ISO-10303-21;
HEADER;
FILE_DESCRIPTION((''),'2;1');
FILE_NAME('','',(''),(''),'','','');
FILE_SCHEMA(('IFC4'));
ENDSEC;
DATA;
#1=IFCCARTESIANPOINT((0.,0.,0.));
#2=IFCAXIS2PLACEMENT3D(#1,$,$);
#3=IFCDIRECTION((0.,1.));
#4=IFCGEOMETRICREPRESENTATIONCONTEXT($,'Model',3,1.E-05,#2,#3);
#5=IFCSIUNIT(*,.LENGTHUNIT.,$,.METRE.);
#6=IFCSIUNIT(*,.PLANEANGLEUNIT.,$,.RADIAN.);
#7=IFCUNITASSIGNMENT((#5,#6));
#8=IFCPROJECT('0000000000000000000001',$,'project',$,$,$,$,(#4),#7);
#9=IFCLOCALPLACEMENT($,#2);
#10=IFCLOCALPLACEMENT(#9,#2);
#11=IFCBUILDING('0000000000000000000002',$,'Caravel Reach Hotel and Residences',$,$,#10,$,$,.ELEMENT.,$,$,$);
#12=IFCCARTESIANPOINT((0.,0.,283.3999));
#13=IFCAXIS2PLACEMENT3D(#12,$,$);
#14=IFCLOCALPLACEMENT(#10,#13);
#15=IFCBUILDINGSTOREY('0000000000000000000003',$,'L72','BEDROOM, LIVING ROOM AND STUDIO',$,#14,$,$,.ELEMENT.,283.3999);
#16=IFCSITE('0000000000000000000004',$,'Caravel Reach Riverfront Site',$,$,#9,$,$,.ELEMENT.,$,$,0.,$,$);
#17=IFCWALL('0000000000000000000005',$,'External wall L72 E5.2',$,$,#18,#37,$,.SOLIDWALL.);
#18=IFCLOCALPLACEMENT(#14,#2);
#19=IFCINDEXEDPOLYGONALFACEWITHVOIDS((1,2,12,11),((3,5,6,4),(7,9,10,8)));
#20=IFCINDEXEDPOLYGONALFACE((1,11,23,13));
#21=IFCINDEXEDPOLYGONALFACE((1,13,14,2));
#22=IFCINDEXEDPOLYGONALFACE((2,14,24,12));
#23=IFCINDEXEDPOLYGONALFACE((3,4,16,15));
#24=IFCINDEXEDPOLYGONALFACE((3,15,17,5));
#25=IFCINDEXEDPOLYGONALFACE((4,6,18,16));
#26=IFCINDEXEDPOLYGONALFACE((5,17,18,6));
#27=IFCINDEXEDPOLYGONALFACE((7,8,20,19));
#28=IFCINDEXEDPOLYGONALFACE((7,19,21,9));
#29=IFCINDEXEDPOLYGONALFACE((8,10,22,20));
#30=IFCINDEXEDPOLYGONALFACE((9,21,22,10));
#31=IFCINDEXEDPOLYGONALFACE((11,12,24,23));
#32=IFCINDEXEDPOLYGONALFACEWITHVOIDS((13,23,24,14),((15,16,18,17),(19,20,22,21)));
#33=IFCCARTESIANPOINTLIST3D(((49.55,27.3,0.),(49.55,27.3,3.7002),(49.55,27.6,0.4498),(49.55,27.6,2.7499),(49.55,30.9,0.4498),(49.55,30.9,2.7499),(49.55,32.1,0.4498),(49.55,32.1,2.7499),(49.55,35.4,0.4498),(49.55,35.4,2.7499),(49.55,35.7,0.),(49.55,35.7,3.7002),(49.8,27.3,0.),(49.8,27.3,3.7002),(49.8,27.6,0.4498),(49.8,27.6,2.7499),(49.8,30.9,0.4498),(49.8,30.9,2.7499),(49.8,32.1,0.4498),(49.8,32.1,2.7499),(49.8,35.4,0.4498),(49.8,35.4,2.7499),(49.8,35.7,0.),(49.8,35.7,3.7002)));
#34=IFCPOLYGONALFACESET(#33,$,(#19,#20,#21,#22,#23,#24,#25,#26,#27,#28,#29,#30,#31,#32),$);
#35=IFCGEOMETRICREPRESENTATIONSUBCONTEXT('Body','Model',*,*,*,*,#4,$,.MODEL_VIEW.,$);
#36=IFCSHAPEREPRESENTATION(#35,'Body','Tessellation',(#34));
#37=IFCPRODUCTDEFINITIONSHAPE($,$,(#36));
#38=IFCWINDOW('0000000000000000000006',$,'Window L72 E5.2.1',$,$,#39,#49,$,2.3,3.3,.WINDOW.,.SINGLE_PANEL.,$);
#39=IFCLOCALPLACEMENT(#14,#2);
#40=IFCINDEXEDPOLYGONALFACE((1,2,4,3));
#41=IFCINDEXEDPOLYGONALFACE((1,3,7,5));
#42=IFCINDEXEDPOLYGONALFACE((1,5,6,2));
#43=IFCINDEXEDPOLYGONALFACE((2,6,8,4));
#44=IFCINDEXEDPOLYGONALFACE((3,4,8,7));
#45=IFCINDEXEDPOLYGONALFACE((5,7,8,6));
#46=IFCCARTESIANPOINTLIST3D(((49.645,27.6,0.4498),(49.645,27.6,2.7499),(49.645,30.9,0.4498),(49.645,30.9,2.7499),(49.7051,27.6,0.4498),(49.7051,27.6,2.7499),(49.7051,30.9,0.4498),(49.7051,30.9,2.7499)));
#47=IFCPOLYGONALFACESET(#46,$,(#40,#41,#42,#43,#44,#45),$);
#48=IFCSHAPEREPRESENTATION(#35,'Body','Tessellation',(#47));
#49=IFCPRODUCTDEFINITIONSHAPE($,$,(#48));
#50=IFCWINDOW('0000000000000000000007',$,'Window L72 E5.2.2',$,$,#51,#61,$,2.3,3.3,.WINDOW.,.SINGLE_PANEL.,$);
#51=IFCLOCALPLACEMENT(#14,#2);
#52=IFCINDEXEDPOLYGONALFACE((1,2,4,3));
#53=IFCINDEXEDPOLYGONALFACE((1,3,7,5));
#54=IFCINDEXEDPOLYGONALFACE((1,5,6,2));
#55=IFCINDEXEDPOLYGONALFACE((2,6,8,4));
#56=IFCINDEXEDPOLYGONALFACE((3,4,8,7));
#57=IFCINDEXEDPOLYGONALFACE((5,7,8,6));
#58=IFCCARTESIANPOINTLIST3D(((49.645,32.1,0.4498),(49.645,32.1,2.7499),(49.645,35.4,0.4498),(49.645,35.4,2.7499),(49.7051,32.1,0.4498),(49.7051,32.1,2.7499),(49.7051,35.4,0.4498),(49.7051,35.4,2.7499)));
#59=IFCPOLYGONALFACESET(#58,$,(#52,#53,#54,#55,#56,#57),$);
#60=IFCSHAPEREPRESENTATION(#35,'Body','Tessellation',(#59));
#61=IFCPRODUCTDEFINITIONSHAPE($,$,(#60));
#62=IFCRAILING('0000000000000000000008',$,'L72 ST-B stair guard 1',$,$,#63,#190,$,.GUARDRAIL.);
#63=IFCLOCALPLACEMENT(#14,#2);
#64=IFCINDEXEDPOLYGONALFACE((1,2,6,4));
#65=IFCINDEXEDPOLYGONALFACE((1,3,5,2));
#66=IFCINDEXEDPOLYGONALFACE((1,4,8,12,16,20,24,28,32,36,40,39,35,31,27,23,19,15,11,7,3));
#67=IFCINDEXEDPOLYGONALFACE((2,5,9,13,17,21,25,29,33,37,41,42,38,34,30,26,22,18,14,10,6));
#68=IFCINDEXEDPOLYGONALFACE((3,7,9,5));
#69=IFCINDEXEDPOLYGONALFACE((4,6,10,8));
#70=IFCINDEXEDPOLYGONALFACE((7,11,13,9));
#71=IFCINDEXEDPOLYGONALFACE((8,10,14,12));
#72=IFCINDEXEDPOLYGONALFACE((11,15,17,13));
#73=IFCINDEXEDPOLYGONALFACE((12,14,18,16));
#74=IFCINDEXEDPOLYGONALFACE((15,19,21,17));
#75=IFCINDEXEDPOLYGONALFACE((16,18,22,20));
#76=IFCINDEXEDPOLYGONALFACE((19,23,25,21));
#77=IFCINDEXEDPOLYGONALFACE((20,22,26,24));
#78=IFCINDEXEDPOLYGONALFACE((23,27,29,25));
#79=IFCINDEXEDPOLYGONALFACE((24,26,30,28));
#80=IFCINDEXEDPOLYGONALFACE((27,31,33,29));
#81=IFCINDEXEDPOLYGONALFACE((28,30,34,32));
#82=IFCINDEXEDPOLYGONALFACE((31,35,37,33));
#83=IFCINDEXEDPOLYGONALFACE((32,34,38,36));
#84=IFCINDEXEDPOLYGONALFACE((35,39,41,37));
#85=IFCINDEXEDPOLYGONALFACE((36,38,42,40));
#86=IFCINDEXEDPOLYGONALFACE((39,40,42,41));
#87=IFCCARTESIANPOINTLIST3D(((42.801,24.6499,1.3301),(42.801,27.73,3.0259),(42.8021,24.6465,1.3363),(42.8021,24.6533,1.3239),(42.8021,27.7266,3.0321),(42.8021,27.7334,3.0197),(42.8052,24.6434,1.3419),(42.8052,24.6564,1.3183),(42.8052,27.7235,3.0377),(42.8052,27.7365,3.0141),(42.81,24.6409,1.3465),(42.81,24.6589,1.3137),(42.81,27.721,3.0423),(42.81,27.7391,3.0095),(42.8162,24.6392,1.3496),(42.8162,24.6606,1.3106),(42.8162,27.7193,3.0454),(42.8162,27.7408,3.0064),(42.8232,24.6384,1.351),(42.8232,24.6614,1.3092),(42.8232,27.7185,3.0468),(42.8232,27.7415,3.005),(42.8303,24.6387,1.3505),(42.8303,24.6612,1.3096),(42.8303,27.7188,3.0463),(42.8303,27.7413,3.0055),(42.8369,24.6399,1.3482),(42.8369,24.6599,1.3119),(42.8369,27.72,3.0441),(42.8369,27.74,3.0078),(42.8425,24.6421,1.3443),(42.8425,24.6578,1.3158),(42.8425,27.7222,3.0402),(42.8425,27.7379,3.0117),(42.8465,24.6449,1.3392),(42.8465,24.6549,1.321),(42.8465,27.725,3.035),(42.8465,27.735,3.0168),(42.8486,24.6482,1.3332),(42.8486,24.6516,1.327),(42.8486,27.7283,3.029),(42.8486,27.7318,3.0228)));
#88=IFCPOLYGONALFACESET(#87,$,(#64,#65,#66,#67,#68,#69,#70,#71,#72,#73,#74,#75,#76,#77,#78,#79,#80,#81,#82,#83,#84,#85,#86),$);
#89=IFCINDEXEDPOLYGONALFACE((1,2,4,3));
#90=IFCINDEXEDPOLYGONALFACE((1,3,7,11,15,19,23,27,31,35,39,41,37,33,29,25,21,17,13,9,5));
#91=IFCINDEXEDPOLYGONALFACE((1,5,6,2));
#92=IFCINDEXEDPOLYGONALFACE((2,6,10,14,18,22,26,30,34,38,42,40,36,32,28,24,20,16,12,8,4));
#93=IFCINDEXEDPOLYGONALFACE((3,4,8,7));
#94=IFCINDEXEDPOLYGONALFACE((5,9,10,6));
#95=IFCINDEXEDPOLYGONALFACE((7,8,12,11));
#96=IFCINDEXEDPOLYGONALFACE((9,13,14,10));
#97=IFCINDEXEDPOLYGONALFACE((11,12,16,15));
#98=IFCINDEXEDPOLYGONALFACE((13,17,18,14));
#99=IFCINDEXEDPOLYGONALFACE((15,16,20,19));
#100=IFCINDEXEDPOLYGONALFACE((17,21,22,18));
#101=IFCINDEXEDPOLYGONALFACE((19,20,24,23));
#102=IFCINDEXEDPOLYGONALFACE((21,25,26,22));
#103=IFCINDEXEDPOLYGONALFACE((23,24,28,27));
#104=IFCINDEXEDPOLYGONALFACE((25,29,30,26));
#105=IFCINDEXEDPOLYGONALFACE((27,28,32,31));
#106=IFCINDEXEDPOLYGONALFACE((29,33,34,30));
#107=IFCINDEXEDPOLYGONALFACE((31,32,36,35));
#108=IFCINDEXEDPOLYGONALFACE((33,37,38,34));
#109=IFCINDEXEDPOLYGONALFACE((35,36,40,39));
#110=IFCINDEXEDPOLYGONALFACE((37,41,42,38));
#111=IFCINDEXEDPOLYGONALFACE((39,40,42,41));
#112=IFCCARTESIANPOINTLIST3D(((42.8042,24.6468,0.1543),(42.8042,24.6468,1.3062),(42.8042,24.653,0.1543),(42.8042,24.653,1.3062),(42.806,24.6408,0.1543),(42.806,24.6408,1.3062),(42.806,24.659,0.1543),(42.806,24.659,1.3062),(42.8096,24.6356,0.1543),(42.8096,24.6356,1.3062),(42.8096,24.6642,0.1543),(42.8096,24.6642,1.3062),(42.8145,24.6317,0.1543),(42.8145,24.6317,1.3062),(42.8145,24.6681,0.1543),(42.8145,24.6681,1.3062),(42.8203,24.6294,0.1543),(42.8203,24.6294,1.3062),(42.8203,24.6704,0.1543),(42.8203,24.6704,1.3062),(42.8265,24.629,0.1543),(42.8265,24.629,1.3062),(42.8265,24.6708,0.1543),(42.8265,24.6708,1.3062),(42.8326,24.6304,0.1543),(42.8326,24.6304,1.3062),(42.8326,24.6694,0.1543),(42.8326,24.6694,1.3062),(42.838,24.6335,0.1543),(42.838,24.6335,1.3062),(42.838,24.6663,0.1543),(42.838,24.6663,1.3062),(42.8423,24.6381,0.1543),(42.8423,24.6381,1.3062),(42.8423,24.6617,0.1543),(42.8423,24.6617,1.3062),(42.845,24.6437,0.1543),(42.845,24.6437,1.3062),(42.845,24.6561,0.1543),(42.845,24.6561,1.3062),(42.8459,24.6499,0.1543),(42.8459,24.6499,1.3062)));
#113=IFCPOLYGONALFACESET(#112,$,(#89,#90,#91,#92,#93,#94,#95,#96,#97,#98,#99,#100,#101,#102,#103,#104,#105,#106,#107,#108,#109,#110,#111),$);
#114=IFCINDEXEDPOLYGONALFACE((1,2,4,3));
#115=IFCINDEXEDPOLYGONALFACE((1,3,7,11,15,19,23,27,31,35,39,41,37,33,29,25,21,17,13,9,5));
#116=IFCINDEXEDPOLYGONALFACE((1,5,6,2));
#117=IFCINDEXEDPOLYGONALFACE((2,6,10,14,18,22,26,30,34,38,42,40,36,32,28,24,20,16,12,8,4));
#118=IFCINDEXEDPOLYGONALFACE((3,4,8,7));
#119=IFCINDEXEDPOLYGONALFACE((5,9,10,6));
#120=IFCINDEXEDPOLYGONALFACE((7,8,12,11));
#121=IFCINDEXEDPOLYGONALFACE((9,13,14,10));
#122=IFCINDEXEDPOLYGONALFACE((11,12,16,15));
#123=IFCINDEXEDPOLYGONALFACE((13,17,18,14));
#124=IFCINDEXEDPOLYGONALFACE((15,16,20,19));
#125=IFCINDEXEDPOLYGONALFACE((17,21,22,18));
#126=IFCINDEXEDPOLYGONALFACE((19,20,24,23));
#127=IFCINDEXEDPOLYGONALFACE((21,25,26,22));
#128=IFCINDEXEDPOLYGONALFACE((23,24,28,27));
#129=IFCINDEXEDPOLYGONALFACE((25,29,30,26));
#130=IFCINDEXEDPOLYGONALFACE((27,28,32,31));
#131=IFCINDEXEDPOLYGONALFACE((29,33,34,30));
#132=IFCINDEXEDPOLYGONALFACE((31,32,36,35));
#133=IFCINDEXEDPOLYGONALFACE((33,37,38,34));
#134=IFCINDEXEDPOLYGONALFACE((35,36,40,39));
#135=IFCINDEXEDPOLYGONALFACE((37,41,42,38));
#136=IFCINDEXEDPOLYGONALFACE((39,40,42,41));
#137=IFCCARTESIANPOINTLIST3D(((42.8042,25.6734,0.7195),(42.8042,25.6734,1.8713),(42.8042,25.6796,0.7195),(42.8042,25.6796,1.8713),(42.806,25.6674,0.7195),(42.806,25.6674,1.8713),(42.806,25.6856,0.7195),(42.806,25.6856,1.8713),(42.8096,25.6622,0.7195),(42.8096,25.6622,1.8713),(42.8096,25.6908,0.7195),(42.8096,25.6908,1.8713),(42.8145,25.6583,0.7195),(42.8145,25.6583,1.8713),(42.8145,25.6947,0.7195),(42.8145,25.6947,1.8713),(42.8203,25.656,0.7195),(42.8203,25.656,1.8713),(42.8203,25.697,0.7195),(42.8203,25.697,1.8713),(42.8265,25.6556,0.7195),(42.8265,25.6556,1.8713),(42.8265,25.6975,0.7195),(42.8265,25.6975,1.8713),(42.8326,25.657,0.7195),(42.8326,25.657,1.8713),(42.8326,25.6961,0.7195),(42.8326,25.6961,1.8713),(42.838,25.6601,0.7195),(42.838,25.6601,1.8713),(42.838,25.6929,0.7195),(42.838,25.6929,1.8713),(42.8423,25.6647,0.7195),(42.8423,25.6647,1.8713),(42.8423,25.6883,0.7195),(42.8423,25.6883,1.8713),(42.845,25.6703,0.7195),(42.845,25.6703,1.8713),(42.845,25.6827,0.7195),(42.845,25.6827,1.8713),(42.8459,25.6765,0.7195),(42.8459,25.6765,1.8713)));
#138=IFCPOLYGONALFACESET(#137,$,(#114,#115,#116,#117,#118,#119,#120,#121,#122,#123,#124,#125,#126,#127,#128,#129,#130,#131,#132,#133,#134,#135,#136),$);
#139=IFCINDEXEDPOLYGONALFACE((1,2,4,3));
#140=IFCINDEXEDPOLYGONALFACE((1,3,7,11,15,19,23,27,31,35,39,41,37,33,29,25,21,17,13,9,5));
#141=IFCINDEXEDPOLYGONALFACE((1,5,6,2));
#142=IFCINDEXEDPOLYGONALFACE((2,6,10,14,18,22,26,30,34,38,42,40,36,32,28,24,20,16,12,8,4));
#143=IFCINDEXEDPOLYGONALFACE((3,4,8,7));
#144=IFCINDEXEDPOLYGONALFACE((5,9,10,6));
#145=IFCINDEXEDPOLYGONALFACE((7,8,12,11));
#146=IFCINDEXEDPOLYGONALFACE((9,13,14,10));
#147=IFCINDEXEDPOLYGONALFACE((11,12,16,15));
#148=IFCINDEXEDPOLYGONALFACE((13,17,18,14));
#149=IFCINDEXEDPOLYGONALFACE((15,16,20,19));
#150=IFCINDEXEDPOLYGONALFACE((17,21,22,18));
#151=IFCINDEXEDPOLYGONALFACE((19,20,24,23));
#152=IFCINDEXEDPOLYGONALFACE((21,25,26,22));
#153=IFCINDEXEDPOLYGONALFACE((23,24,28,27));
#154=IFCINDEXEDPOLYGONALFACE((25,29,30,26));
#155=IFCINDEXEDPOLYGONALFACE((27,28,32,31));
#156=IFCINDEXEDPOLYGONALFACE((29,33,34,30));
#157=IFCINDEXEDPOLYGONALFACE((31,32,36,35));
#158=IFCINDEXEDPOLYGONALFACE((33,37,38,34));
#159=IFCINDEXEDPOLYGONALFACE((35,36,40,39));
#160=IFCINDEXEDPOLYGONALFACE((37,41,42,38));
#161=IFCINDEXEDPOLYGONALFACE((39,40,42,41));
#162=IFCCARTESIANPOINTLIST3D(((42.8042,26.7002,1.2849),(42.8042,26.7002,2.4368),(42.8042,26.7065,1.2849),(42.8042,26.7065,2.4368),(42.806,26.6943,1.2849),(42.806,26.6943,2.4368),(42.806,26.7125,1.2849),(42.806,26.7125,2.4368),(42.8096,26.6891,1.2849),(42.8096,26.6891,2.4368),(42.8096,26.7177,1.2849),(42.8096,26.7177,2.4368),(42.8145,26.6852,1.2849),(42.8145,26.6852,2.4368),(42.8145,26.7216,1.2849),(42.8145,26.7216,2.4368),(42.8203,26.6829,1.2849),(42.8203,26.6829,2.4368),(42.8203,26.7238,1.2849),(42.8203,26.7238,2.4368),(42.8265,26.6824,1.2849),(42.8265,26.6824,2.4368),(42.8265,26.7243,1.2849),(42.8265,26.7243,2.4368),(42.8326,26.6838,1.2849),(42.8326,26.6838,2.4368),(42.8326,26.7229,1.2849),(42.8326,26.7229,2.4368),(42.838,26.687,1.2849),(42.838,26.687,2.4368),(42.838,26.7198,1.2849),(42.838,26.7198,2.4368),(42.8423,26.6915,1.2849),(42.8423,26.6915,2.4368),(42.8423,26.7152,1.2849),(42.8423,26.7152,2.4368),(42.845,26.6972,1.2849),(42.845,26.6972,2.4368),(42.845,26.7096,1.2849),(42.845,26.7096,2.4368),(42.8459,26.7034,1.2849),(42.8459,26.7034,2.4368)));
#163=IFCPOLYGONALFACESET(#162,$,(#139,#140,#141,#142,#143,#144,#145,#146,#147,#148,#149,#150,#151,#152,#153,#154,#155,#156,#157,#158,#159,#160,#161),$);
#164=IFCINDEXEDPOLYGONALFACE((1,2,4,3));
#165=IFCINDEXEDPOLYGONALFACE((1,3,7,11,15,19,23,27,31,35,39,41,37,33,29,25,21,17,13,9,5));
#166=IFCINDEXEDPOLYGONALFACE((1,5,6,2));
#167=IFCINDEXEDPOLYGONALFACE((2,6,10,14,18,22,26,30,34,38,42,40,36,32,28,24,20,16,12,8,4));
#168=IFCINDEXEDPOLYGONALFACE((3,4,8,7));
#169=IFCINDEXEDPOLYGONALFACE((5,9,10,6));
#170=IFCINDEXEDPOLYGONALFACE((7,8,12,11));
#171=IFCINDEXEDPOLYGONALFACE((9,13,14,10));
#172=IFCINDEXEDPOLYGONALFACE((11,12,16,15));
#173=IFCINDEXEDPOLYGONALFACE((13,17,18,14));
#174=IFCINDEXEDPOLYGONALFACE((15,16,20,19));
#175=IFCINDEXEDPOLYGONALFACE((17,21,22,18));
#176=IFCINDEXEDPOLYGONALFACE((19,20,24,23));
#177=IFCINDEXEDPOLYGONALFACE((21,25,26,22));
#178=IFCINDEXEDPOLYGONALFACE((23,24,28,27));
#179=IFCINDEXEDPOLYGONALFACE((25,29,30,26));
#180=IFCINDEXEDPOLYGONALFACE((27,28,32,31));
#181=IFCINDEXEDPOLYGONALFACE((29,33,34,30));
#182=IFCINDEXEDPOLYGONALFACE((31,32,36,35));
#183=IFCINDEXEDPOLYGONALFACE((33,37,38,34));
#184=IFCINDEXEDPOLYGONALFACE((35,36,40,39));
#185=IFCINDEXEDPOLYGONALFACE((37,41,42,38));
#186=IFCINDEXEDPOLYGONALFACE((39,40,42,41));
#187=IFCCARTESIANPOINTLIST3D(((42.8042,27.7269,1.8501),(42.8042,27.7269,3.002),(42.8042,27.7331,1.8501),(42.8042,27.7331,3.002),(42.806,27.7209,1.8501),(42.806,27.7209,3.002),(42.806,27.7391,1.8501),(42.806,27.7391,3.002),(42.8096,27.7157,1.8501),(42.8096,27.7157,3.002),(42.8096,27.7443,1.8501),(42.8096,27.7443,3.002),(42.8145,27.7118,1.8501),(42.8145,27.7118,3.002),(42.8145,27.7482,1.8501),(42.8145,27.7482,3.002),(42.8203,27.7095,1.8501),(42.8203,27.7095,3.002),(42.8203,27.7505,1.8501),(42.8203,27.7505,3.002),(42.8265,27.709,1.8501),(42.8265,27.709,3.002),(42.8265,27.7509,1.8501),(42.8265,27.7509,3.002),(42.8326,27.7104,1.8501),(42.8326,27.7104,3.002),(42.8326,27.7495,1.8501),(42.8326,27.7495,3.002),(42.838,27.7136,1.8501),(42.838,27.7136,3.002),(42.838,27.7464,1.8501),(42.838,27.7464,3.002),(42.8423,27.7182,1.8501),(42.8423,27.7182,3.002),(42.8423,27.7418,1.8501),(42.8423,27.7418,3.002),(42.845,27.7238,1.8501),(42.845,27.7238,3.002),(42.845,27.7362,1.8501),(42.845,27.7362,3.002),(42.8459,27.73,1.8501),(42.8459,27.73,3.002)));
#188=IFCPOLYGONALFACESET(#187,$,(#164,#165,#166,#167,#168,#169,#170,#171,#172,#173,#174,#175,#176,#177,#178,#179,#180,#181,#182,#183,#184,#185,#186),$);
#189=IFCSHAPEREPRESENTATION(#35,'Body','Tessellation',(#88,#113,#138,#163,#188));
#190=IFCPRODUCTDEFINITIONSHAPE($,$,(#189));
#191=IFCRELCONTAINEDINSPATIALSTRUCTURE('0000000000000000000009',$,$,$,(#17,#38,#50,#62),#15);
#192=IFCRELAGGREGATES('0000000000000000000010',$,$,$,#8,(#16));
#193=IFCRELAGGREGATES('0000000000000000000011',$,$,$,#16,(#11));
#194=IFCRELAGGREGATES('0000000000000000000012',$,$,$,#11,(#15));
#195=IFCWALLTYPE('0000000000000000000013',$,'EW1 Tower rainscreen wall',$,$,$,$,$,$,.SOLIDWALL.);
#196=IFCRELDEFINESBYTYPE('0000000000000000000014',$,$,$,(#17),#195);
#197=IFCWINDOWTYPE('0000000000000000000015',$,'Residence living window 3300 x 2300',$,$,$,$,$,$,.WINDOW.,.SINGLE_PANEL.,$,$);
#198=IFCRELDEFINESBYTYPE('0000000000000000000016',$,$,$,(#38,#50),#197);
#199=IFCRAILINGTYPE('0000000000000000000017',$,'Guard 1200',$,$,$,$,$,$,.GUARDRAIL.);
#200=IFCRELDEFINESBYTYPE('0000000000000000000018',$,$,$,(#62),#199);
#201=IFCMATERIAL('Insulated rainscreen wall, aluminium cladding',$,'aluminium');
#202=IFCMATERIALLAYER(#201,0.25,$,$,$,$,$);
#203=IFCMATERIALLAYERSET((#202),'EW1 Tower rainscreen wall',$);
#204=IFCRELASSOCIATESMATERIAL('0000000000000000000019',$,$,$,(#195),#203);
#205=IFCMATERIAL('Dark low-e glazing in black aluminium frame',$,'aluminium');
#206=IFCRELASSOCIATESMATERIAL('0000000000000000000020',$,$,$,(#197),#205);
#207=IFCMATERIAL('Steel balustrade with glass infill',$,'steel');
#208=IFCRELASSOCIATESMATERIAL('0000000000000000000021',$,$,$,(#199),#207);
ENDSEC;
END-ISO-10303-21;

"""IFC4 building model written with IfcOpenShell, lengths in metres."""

from ifc_helpers import new_model, si_unit, direction, frame, frame_2d, origin, origin_2d, place, context, subcontext, project, spatial, rectangle, circle, extrude, material, layer, layer_set, type_object, element, fill, save


model = new_model("IFC4")

# Units and contexts
model_context = context("Model", 3, precision=1e-05, world=origin(), true_north=direction((0.0, 1.0)))
body_context = subcontext(model_context, "Body", "Model", "MODEL_VIEW")
ifc_project = project(units=[si_unit("LENGTHUNIT", "METRE"), si_unit("PLANEANGLEUNIT", "RADIAN")], contexts=[model_context])

# Site, building, storey
site_placement = place(None, origin())
site = spatial("IfcSite", under=ifc_project, at=site_placement, Name="Caravel Reach Riverfront Site", CompositionType="ELEMENT", RefElevation=0.0)
building_placement = place(site_placement, origin())
building = spatial("IfcBuilding", under=site, at=building_placement, Name="Caravel Reach Hotel and Residences", CompositionType="ELEMENT")
storey_placement = place(building_placement, frame((0.0, 0.0, 283.3999)))
storey = spatial("IfcBuildingStorey", under=building, at=storey_placement, Name="L72", Description="BEDROOM, LIVING ROOM AND STUDIO", CompositionType="ELEMENT", Elevation=283.3999)

# Wall, openings, windows
ifc_material_1 = material(Name="Insulated rainscreen wall, aluminium cladding", Category="aluminium")
ifc_layer_1 = layer(ifc_material_1, 0.25)
ifc_layer_set_1 = layer_set([ifc_layer_1], Name="EW1 Tower rainscreen wall")
wall_type_1 = type_object("IfcWallType", Name="EW1 Tower rainscreen wall", PredefinedType="SOLIDWALL", material=ifc_layer_set_1)
ifc_material_2 = material(Name="Dark low-e glazing in black aluminium frame", Category="aluminium")
window_type = type_object("IfcWindowType", Name="Residence living window 3300 x 2300", PartitioningType="SINGLE_PANEL", PredefinedType="WINDOW", material=ifc_material_2)
wall_1_placement = place(storey_placement, frame((49.675, 27.3, 0.0), z_axis=(0.0, 0.0, 1.0), x_axis=(0.0, 1.0, 0.0)))
wall_1 = element("IfcWall", 1, at=wall_1_placement, inside=storey, type_object=wall_type_1, Name="External wall L72 E5.2", PredefinedType="SOLIDWALL", context=body_context, shape_type="SweptSolid", body=[
    extrude(rectangle(XDim=8.3999, YDim=0.25, at=frame_2d((4.2, 0.0))), origin(), (0.0, 0.0, 1.0), 3.7002),
])
opening_1_placement = place(wall_1_placement, frame((0.3, 0.0, 0.45)))
opening_1 = element("IfcOpeningElement", 2, at=opening_1_placement, cuts=wall_1, PredefinedType="OPENING", context=body_context, shape_type="SweptSolid", body=[
    extrude(rectangle(XDim=3.3, YDim=2.3, at=frame_2d((1.6499, 1.1499))), frame((0.0, 0.135, 0.0), z_axis=(0.0, -1.0, 0.0), x_axis=(1.0, 0.0, 0.0)), (0.0, 0.0, 1.0), 0.27),
])
opening_2_placement = place(wall_1_placement, frame((4.8, 0.0, 0.45)))
opening_2 = element("IfcOpeningElement", 3, at=opening_2_placement, cuts=wall_1, PredefinedType="OPENING", context=body_context, shape_type="SweptSolid", body=[
    extrude(rectangle(XDim=3.3, YDim=2.3, at=frame_2d((1.6499, 1.1499))), frame((0.0, 0.135, 0.0), z_axis=(0.0, -1.0, 0.0), x_axis=(1.0, 0.0, 0.0)), (0.0, 0.0, 1.0), 0.27),
])
window_1_placement = place(opening_1_placement, origin())
window_1 = element("IfcWindow", 4, at=window_1_placement, inside=storey, type_object=window_type, Name="Window L72 E5.2.1", OverallHeight=2.3, OverallWidth=3.3, PartitioningType="SINGLE_PANEL", PredefinedType="WINDOW", context=body_context, shape_type="SweptSolid", body=[
    extrude(rectangle(XDim=3.3, YDim=2.3, at=frame_2d((1.6499, 1.1499))), frame((0.0, 0.03, 0.0), z_axis=(0.0, -1.0, 0.0), x_axis=(1.0, 0.0, 0.0)), (0.0, 0.0, 1.0), 0.0601),
])
fill(opening_1, window_1)
window_2_placement = place(opening_2_placement, origin())
window_2 = element("IfcWindow", 5, at=window_2_placement, inside=storey, type_object=window_type, Name="Window L72 E5.2.2", OverallHeight=2.3, OverallWidth=3.3, PartitioningType="SINGLE_PANEL", PredefinedType="WINDOW", context=body_context, shape_type="SweptSolid", body=[
    extrude(rectangle(XDim=3.3, YDim=2.3, at=frame_2d((1.6499, 1.1499))), frame((0.0, 0.03, 0.0), z_axis=(0.0, -1.0, 0.0), x_axis=(1.0, 0.0, 0.0)), (0.0, 0.0, 1.0), 0.0601),
])
fill(opening_2, window_2)

# Railing
ifc_material_3 = material(Name="Steel balustrade with glass infill", Category="steel")
railing_type_1 = type_object("IfcRailingType", Name="Guard 1200", PredefinedType="GUARDRAIL", material=ifc_material_3)
railing_1_placement = place(storey_placement, frame((42.825, 24.6499, 0.1543)))
element("IfcRailing", 6, at=railing_1_placement, inside=storey, type_object=railing_type_1, Name="L72 ST-B stair guard 1", PredefinedType="GUARDRAIL", context=body_context, shape_type="SweptSolid", body=[
    extrude(circle(Radius=0.0239, at=origin_2d()), frame((0.0, 0.0, 1.1758), z_axis=(0.0, 0.876005, 0.482303), x_axis=(-1.0, 0.0, 0.0)), (0.0, 0.0, 1.0), 3.5161),
    extrude(circle(Radius=0.021, at=origin_2d()), origin(), (0.0, 0.0, 1.0), 1.1519),
    extrude(circle(Radius=0.021, at=origin_2d()), frame((0.0, 1.0266, 0.5652)), (0.0, 0.0, 1.0), 1.1519),
    extrude(circle(Radius=0.021, at=origin_2d()), frame((0.0, 2.0535, 1.1306)), (0.0, 0.0, 1.0), 1.1519),
    extrude(circle(Radius=0.021, at=origin_2d()), frame((0.0, 3.0801, 1.6958)), (0.0, 0.0, 1.0), 1.1519),
])

save(model, "model.ifc")
